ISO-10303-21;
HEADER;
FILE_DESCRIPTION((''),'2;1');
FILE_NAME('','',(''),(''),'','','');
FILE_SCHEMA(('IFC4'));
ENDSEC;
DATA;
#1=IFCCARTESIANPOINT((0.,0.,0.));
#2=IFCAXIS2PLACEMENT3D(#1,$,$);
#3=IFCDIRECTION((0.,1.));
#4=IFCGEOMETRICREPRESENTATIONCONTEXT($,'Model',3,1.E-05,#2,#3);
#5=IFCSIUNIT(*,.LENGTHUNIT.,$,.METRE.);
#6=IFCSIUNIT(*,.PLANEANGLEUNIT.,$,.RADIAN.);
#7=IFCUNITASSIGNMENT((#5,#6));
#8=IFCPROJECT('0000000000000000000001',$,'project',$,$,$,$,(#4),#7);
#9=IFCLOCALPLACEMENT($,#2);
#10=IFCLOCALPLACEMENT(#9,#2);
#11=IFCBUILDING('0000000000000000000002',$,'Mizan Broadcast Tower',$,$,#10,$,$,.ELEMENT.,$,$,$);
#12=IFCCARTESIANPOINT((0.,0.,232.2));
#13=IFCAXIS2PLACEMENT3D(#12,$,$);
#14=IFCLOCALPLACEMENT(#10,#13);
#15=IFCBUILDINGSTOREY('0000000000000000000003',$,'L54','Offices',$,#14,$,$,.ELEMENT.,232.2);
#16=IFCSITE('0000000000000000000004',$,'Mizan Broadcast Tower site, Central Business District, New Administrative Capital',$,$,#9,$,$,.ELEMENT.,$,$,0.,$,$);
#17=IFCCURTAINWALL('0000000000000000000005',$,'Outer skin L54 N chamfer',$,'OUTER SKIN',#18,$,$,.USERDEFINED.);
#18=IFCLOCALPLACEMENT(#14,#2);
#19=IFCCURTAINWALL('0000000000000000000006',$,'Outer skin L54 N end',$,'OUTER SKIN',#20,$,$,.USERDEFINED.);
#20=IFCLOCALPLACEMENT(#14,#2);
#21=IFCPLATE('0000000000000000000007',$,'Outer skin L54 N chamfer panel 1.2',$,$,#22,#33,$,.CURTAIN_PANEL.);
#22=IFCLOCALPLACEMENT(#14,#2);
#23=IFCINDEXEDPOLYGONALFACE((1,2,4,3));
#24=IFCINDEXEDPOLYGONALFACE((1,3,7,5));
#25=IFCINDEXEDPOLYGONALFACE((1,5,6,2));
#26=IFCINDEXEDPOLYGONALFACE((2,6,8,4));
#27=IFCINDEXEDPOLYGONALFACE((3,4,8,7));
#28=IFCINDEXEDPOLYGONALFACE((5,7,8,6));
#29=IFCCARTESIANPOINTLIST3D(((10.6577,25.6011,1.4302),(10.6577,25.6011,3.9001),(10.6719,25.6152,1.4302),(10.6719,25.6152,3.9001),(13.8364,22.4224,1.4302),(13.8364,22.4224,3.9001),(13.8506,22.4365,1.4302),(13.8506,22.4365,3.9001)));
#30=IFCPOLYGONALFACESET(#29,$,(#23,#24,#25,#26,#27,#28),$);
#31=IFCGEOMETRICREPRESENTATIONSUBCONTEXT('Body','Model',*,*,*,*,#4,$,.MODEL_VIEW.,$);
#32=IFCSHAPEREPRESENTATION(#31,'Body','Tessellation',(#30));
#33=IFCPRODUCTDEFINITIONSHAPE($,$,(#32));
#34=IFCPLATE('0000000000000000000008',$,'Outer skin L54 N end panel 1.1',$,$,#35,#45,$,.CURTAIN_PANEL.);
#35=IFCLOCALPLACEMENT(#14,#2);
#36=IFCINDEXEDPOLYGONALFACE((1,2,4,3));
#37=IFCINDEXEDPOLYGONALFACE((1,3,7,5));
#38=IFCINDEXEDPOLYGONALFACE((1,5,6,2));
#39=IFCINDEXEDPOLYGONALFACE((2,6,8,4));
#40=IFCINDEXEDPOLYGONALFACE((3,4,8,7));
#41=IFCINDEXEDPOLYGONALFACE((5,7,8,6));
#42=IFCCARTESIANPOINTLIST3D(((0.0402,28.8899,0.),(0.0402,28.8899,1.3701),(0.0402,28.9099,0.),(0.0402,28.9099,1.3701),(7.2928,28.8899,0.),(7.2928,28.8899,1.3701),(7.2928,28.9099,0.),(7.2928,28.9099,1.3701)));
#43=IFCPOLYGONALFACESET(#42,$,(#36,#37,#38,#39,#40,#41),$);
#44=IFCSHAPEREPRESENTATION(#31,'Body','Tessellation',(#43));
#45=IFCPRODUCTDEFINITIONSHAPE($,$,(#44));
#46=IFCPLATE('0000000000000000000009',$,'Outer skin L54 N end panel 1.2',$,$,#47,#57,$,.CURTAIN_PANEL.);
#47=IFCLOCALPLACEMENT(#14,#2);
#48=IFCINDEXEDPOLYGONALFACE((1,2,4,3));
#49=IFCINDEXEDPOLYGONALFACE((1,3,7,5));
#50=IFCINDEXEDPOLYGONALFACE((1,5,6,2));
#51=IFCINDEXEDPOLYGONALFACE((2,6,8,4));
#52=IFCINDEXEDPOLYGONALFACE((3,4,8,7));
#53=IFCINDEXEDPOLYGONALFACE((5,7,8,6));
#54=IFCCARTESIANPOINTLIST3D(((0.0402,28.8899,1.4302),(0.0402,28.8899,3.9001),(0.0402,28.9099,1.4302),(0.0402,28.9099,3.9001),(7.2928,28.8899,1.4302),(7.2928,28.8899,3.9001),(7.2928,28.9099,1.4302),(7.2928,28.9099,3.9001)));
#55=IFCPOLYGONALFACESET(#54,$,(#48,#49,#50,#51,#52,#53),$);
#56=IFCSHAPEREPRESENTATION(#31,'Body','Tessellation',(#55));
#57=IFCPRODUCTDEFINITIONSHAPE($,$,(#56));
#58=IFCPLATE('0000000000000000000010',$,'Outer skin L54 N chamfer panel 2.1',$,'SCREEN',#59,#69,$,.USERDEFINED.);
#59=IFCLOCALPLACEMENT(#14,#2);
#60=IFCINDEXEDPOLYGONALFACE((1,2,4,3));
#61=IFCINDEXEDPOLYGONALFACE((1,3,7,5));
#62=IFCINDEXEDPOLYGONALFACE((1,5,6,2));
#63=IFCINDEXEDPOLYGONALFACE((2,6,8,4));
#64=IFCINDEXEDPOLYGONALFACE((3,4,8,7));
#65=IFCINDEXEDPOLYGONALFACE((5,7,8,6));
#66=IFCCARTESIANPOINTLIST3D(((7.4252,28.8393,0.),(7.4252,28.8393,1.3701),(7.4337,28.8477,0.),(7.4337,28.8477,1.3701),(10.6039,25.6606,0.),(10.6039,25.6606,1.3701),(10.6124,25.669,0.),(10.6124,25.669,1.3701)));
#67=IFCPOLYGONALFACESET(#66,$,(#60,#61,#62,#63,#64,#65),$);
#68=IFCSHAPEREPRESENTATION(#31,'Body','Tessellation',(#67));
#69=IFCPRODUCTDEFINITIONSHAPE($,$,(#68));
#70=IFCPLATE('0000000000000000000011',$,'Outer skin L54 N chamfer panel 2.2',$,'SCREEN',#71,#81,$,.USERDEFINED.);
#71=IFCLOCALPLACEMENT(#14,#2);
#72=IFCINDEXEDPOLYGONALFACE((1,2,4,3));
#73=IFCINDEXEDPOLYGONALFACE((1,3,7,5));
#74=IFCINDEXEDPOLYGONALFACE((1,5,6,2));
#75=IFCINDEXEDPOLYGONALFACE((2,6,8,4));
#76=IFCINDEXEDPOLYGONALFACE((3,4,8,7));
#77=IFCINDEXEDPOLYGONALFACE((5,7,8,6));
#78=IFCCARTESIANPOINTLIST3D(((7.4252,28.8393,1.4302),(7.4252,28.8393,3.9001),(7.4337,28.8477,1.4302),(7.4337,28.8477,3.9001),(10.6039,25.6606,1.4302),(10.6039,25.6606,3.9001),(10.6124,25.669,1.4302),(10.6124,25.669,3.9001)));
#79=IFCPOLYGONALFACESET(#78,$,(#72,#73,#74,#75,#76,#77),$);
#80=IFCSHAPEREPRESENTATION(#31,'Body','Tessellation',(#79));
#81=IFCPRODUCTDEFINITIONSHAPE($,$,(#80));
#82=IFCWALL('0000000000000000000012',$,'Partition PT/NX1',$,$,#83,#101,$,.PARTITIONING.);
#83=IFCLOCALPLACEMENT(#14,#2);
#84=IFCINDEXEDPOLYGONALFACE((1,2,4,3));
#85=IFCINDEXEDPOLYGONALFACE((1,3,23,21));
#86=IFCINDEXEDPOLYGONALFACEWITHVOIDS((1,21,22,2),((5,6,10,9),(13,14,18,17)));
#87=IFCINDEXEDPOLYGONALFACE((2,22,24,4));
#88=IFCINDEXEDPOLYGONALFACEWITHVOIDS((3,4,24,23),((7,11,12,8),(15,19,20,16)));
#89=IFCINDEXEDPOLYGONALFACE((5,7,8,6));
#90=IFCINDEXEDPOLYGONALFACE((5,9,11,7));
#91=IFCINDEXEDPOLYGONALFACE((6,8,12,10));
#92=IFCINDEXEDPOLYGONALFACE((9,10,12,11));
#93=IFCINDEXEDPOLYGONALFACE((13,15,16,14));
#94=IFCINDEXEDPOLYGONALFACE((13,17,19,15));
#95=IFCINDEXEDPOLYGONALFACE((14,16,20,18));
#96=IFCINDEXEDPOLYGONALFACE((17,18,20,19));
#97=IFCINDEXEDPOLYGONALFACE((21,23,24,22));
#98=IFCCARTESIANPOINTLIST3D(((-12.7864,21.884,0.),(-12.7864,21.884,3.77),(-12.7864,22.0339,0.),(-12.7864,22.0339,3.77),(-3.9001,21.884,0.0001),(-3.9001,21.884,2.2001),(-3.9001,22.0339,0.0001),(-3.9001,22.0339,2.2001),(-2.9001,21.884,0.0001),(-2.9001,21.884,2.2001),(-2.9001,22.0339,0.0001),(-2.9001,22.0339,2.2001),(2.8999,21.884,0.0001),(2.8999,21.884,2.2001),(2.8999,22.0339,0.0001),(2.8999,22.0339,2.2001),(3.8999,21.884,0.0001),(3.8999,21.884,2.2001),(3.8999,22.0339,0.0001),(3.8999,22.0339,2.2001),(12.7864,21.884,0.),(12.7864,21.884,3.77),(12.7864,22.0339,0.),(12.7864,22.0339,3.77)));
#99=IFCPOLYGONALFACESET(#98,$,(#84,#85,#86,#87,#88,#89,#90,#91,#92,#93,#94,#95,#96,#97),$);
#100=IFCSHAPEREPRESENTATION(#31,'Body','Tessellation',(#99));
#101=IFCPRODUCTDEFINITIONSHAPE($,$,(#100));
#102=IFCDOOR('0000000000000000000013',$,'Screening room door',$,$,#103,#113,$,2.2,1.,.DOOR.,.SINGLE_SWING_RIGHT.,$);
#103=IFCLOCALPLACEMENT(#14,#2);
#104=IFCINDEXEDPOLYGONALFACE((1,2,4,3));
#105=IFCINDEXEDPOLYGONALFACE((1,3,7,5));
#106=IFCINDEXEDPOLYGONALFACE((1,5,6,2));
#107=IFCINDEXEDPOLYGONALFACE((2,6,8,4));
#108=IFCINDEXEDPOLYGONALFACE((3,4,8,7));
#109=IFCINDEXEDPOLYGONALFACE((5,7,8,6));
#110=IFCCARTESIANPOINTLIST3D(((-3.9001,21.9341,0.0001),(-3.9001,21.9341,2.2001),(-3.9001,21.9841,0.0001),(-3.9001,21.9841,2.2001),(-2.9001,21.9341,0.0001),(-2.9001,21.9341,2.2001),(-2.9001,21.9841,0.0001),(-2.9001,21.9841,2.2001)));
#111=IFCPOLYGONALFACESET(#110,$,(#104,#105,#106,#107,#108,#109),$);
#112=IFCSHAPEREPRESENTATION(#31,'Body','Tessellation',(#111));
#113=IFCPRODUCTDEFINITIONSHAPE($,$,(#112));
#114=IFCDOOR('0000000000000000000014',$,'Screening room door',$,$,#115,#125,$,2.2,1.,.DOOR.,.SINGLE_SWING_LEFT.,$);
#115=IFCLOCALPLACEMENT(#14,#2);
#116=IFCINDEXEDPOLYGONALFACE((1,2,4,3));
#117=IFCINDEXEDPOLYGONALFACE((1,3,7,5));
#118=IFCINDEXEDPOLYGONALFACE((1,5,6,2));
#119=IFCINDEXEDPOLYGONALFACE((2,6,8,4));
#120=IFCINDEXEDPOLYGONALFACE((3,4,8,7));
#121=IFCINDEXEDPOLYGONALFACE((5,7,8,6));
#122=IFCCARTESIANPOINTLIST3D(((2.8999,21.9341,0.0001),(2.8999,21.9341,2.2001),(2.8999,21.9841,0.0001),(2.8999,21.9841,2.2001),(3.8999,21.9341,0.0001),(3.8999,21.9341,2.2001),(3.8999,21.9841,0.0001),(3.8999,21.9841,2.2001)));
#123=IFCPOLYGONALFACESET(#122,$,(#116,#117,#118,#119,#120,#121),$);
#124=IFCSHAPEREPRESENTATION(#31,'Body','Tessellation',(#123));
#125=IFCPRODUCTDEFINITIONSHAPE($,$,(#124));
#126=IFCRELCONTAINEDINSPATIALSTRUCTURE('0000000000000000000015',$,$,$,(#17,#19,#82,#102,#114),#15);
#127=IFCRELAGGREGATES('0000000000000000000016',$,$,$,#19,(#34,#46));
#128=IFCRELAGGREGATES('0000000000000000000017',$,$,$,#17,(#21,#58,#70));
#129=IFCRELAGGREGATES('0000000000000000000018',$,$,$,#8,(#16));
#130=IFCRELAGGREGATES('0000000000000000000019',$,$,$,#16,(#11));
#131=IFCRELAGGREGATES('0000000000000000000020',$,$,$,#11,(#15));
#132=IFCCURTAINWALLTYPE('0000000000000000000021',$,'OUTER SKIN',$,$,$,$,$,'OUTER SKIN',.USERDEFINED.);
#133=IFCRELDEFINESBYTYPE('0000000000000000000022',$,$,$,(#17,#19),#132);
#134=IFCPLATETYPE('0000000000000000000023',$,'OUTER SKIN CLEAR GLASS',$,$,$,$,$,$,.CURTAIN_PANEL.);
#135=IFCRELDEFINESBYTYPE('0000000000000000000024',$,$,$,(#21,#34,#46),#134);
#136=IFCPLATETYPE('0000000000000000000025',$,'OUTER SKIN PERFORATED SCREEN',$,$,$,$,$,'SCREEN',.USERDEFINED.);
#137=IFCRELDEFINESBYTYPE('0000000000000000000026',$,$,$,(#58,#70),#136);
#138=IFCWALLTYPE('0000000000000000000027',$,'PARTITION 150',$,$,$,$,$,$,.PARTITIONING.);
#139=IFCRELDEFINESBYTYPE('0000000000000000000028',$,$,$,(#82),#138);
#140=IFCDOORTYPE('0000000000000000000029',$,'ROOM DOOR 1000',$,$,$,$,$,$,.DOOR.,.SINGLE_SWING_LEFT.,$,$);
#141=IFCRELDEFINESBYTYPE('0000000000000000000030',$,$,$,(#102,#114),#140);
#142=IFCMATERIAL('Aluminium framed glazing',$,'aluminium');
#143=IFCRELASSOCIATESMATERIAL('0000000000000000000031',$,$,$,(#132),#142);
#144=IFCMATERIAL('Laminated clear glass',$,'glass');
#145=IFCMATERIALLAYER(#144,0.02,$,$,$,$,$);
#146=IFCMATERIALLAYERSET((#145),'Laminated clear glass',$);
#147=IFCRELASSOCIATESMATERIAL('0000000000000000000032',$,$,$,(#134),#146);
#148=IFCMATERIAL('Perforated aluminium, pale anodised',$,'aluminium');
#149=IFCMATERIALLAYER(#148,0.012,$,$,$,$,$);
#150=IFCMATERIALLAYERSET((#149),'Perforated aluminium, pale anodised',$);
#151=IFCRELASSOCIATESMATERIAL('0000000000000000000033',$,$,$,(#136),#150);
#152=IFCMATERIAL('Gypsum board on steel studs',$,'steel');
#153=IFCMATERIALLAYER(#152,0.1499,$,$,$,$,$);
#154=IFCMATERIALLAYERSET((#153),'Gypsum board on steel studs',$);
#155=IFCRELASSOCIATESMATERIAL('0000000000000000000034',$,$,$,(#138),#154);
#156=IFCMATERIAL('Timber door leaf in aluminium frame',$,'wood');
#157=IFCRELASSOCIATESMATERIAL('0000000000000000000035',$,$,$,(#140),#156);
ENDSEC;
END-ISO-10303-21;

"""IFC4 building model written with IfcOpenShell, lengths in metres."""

from ifc_helpers import new_model, si_unit, direction, frame, frame_2d, origin, origin_2d, place, context, subcontext, project, spatial, rectangle, extrude, material, layer, layer_set, type_object, element, fill, aggregate, save


model = new_model("IFC4")

# Units and contexts
model_context = context("Model", 3, precision=1e-05, world=origin(), true_north=direction((0.0, 1.0)))
body_context = subcontext(model_context, "Body", "Model", "MODEL_VIEW")
ifc_project = project(units=[si_unit("LENGTHUNIT", "METRE"), si_unit("PLANEANGLEUNIT", "RADIAN")], contexts=[model_context])

# Site, building, storey
site_placement = place(None, origin())
site = spatial("IfcSite", under=ifc_project, at=site_placement, Name="Mizan Broadcast Tower site, Central Business District, New Administrative Capital", CompositionType="ELEMENT", RefElevation=0.0)
building_placement = place(site_placement, origin())
building = spatial("IfcBuilding", under=site, at=building_placement, Name="Mizan Broadcast Tower", CompositionType="ELEMENT")
storey_placement = place(building_placement, frame((0.0, 0.0, 232.2)))
storey = spatial("IfcBuildingStorey", under=building, at=storey_placement, Name="L54", Description="Offices", CompositionType="ELEMENT", Elevation=232.2)

# Curtain wall
ifc_material_1 = material(Name="Aluminium framed glazing", Category="aluminium")
curtain_wall_type_1 = type_object("IfcCurtainWallType", Name="OUTER SKIN", ElementType="OUTER SKIN", PredefinedType="USERDEFINED", material=ifc_material_1)
curtain_wall_1_placement = place(storey_placement, origin())
curtain_wall_1 = element("IfcCurtainWall", 1, at=curtain_wall_1_placement, inside=storey, type_object=curtain_wall_type_1, Name="Outer skin L54 N chamfer", ObjectType="OUTER SKIN", PredefinedType="USERDEFINED")

# Curtain wall
curtain_wall_2_placement = place(storey_placement, origin())
curtain_wall_2 = element("IfcCurtainWall", 2, at=curtain_wall_2_placement, inside=storey, type_object=curtain_wall_type_1, Name="Outer skin L54 N end", ObjectType="OUTER SKIN", PredefinedType="USERDEFINED")

# Plates
ifc_material_2 = material(Name="Laminated clear glass", Category="glass")
ifc_layer_1 = layer(ifc_material_2, 0.02)
ifc_layer_set_1 = layer_set([ifc_layer_1], Name="Laminated clear glass")
plate_type_1 = type_object("IfcPlateType", Name="OUTER SKIN CLEAR GLASS", PredefinedType="CURTAIN_PANEL", material=ifc_layer_set_1)
plate_1_placement = place(storey_placement, frame((12.2542, 24.0188, 1.4302), z_axis=(0.0, 0.0, 1.0), x_axis=(-0.707107, 0.707107, 0.0)))
plate_1 = element("IfcPlate", 3, at=plate_1_placement, type_object=plate_type_1, Name="Outer skin L54 N chamfer panel 1.2", PredefinedType="CURTAIN_PANEL", context=body_context, shape_type="SweptSolid", body=[
    extrude(rectangle(XDim=4.4954, YDim=0.02, at=origin_2d()), origin(), (0.0, 0.0, 1.0), 2.47),
])
plate_2_placement = place(storey_placement, frame((3.6665, 28.8999, 0.0), z_axis=(0.0, 0.0, 1.0), x_axis=(-1.0, 0.0, 0.0)))
plate_2 = element("IfcPlate", 4, at=plate_2_placement, type_object=plate_type_1, Name="Outer skin L54 N end panel 1.1", PredefinedType="CURTAIN_PANEL", context=body_context, shape_type="SweptSolid", body=[
    extrude(rectangle(XDim=7.2527, YDim=0.02, at=origin_2d()), origin(), (0.0, 0.0, 1.0), 1.3701),
])
plate_3_placement = place(storey_placement, frame((3.6665, 28.8999, 1.4302), z_axis=(0.0, 0.0, 1.0), x_axis=(-1.0, 0.0, 0.0)))
plate_3 = element("IfcPlate", 5, at=plate_3_placement, type_object=plate_type_1, Name="Outer skin L54 N end panel 1.2", PredefinedType="CURTAIN_PANEL", context=body_context, shape_type="SweptSolid", body=[
    extrude(rectangle(XDim=7.2527, YDim=0.02, at=origin_2d()), origin(), (0.0, 0.0, 1.0), 2.47),
])
aggregate(curtain_wall_2, [plate_2, plate_3])
ifc_material_3 = material(Name="Perforated aluminium, pale anodised", Category="aluminium")
ifc_layer_2 = layer(ifc_material_3, 0.012)
ifc_layer_set_2 = layer_set([ifc_layer_2], Name="Perforated aluminium, pale anodised")
plate_type_2 = type_object("IfcPlateType", Name="OUTER SKIN PERFORATED SCREEN", ElementType="SCREEN", PredefinedType="USERDEFINED", material=ifc_layer_set_2)
plate_4_placement = place(storey_placement, frame((9.0188, 27.2542, 0.0), z_axis=(0.0, 0.0, 1.0), x_axis=(-0.707107, 0.707107, 0.0)))
plate_4 = element("IfcPlate", 6, at=plate_4_placement, type_object=plate_type_2, Name="Outer skin L54 N chamfer panel 2.1", ObjectType="SCREEN", PredefinedType="USERDEFINED", context=body_context, shape_type="SweptSolid", body=[
    extrude(rectangle(XDim=4.4954, YDim=0.012, at=origin_2d()), origin(), (0.0, 0.0, 1.0), 1.3701),
])
plate_5_placement = place(storey_placement, frame((9.0188, 27.2542, 1.4302), z_axis=(0.0, 0.0, 1.0), x_axis=(-0.707107, 0.707107, 0.0)))
plate_5 = element("IfcPlate", 7, at=plate_5_placement, type_object=plate_type_2, Name="Outer skin L54 N chamfer panel 2.2", ObjectType="SCREEN", PredefinedType="USERDEFINED", context=body_context, shape_type="SweptSolid", body=[
    extrude(rectangle(XDim=4.4954, YDim=0.012, at=origin_2d()), origin(), (0.0, 0.0, 1.0), 2.47),
])
aggregate(curtain_wall_1, [plate_1, plate_4, plate_5])

# Wall, openings, doors
ifc_material_4 = material(Name="Gypsum board on steel studs", Category="steel")
ifc_layer_3 = layer(ifc_material_4, 0.1499)
ifc_layer_set_3 = layer_set([ifc_layer_3], Name="Gypsum board on steel studs")
wall_type = type_object("IfcWallType", Name="PARTITION 150", PredefinedType="PARTITIONING", material=ifc_layer_set_3)
wall_placement = place(storey_placement, frame((12.7864, 21.959, 0.0), z_axis=(0.0, 0.0, 1.0), x_axis=(-1.0, 0.0, 0.0)))
wall = element("IfcWall", 8, at=wall_placement, inside=storey, type_object=wall_type, Name="Partition PT/NX1", PredefinedType="PARTITIONING", context=body_context, shape_type="SweptSolid", body=[
    extrude(rectangle(XDim=25.5728, YDim=0.1499, at=frame_2d((12.7864, 0.0))), origin(), (0.0, 0.0, 1.0), 3.77),
])
opening_1_placement = place(wall_placement, frame((15.6865, 0.0, 0.0)))
opening_1 = element("IfcOpeningElement", 9, at=opening_1_placement, cuts=wall, PredefinedType="OPENING", context=body_context, shape_type="SweptSolid", body=[
    extrude(rectangle(XDim=1.0, YDim=2.2, at=frame_2d((0.5, 1.1001))), frame((0.0, 0.085, 0.0), z_axis=(0.0, -1.0, 0.0), x_axis=(1.0, 0.0, 0.0)), (0.0, 0.0, 1.0), 0.1699),
])
opening_2_placement = place(wall_placement, frame((8.8865, 0.0, 0.0)))
opening_2 = element("IfcOpeningElement", 10, at=opening_2_placement, cuts=wall, PredefinedType="OPENING", context=body_context, shape_type="SweptSolid", body=[
    extrude(rectangle(XDim=1.0, YDim=2.2, at=frame_2d((0.5, 1.1001))), frame((0.0, 0.085, 0.0), z_axis=(0.0, -1.0, 0.0), x_axis=(1.0, 0.0, 0.0)), (0.0, 0.0, 1.0), 0.1699),
])
ifc_material_5 = material(Name="Timber door leaf in aluminium frame", Category="wood")
door_type = type_object("IfcDoorType", Name="ROOM DOOR 1000", OperationType="SINGLE_SWING_LEFT", PredefinedType="DOOR", material=ifc_material_5)
door_1_placement = place(opening_1_placement, origin())
door_1 = element("IfcDoor", 11, at=door_1_placement, inside=storey, type_object=door_type, Name="Screening room door", OperationType="SINGLE_SWING_RIGHT", OverallHeight=2.2, OverallWidth=1.0, PredefinedType="DOOR", context=body_context, shape_type="SweptSolid", body=[
    extrude(rectangle(XDim=1.0, YDim=2.2, at=frame_2d((0.5, 1.1001))), frame((0.0, 0.0249, 0.0), z_axis=(0.0, -1.0, 0.0), x_axis=(1.0, 0.0, 0.0)), (0.0, 0.0, 1.0), 0.05),
])
fill(opening_1, door_1)
door_2_placement = place(opening_2_placement, origin())
door_2 = element("IfcDoor", 12, at=door_2_placement, inside=storey, type_object=door_type, Name="Screening room door", OperationType="SINGLE_SWING_LEFT", OverallHeight=2.2, OverallWidth=1.0, PredefinedType="DOOR", context=body_context, shape_type="SweptSolid", body=[
    extrude(rectangle(XDim=1.0, YDim=2.2, at=frame_2d((0.5, 1.1001))), frame((0.0, 0.0249, 0.0), z_axis=(0.0, -1.0, 0.0), x_axis=(1.0, 0.0, 0.0)), (0.0, 0.0, 1.0), 0.05),
])
fill(opening_2, door_2)

save(model, "model.ifc")
